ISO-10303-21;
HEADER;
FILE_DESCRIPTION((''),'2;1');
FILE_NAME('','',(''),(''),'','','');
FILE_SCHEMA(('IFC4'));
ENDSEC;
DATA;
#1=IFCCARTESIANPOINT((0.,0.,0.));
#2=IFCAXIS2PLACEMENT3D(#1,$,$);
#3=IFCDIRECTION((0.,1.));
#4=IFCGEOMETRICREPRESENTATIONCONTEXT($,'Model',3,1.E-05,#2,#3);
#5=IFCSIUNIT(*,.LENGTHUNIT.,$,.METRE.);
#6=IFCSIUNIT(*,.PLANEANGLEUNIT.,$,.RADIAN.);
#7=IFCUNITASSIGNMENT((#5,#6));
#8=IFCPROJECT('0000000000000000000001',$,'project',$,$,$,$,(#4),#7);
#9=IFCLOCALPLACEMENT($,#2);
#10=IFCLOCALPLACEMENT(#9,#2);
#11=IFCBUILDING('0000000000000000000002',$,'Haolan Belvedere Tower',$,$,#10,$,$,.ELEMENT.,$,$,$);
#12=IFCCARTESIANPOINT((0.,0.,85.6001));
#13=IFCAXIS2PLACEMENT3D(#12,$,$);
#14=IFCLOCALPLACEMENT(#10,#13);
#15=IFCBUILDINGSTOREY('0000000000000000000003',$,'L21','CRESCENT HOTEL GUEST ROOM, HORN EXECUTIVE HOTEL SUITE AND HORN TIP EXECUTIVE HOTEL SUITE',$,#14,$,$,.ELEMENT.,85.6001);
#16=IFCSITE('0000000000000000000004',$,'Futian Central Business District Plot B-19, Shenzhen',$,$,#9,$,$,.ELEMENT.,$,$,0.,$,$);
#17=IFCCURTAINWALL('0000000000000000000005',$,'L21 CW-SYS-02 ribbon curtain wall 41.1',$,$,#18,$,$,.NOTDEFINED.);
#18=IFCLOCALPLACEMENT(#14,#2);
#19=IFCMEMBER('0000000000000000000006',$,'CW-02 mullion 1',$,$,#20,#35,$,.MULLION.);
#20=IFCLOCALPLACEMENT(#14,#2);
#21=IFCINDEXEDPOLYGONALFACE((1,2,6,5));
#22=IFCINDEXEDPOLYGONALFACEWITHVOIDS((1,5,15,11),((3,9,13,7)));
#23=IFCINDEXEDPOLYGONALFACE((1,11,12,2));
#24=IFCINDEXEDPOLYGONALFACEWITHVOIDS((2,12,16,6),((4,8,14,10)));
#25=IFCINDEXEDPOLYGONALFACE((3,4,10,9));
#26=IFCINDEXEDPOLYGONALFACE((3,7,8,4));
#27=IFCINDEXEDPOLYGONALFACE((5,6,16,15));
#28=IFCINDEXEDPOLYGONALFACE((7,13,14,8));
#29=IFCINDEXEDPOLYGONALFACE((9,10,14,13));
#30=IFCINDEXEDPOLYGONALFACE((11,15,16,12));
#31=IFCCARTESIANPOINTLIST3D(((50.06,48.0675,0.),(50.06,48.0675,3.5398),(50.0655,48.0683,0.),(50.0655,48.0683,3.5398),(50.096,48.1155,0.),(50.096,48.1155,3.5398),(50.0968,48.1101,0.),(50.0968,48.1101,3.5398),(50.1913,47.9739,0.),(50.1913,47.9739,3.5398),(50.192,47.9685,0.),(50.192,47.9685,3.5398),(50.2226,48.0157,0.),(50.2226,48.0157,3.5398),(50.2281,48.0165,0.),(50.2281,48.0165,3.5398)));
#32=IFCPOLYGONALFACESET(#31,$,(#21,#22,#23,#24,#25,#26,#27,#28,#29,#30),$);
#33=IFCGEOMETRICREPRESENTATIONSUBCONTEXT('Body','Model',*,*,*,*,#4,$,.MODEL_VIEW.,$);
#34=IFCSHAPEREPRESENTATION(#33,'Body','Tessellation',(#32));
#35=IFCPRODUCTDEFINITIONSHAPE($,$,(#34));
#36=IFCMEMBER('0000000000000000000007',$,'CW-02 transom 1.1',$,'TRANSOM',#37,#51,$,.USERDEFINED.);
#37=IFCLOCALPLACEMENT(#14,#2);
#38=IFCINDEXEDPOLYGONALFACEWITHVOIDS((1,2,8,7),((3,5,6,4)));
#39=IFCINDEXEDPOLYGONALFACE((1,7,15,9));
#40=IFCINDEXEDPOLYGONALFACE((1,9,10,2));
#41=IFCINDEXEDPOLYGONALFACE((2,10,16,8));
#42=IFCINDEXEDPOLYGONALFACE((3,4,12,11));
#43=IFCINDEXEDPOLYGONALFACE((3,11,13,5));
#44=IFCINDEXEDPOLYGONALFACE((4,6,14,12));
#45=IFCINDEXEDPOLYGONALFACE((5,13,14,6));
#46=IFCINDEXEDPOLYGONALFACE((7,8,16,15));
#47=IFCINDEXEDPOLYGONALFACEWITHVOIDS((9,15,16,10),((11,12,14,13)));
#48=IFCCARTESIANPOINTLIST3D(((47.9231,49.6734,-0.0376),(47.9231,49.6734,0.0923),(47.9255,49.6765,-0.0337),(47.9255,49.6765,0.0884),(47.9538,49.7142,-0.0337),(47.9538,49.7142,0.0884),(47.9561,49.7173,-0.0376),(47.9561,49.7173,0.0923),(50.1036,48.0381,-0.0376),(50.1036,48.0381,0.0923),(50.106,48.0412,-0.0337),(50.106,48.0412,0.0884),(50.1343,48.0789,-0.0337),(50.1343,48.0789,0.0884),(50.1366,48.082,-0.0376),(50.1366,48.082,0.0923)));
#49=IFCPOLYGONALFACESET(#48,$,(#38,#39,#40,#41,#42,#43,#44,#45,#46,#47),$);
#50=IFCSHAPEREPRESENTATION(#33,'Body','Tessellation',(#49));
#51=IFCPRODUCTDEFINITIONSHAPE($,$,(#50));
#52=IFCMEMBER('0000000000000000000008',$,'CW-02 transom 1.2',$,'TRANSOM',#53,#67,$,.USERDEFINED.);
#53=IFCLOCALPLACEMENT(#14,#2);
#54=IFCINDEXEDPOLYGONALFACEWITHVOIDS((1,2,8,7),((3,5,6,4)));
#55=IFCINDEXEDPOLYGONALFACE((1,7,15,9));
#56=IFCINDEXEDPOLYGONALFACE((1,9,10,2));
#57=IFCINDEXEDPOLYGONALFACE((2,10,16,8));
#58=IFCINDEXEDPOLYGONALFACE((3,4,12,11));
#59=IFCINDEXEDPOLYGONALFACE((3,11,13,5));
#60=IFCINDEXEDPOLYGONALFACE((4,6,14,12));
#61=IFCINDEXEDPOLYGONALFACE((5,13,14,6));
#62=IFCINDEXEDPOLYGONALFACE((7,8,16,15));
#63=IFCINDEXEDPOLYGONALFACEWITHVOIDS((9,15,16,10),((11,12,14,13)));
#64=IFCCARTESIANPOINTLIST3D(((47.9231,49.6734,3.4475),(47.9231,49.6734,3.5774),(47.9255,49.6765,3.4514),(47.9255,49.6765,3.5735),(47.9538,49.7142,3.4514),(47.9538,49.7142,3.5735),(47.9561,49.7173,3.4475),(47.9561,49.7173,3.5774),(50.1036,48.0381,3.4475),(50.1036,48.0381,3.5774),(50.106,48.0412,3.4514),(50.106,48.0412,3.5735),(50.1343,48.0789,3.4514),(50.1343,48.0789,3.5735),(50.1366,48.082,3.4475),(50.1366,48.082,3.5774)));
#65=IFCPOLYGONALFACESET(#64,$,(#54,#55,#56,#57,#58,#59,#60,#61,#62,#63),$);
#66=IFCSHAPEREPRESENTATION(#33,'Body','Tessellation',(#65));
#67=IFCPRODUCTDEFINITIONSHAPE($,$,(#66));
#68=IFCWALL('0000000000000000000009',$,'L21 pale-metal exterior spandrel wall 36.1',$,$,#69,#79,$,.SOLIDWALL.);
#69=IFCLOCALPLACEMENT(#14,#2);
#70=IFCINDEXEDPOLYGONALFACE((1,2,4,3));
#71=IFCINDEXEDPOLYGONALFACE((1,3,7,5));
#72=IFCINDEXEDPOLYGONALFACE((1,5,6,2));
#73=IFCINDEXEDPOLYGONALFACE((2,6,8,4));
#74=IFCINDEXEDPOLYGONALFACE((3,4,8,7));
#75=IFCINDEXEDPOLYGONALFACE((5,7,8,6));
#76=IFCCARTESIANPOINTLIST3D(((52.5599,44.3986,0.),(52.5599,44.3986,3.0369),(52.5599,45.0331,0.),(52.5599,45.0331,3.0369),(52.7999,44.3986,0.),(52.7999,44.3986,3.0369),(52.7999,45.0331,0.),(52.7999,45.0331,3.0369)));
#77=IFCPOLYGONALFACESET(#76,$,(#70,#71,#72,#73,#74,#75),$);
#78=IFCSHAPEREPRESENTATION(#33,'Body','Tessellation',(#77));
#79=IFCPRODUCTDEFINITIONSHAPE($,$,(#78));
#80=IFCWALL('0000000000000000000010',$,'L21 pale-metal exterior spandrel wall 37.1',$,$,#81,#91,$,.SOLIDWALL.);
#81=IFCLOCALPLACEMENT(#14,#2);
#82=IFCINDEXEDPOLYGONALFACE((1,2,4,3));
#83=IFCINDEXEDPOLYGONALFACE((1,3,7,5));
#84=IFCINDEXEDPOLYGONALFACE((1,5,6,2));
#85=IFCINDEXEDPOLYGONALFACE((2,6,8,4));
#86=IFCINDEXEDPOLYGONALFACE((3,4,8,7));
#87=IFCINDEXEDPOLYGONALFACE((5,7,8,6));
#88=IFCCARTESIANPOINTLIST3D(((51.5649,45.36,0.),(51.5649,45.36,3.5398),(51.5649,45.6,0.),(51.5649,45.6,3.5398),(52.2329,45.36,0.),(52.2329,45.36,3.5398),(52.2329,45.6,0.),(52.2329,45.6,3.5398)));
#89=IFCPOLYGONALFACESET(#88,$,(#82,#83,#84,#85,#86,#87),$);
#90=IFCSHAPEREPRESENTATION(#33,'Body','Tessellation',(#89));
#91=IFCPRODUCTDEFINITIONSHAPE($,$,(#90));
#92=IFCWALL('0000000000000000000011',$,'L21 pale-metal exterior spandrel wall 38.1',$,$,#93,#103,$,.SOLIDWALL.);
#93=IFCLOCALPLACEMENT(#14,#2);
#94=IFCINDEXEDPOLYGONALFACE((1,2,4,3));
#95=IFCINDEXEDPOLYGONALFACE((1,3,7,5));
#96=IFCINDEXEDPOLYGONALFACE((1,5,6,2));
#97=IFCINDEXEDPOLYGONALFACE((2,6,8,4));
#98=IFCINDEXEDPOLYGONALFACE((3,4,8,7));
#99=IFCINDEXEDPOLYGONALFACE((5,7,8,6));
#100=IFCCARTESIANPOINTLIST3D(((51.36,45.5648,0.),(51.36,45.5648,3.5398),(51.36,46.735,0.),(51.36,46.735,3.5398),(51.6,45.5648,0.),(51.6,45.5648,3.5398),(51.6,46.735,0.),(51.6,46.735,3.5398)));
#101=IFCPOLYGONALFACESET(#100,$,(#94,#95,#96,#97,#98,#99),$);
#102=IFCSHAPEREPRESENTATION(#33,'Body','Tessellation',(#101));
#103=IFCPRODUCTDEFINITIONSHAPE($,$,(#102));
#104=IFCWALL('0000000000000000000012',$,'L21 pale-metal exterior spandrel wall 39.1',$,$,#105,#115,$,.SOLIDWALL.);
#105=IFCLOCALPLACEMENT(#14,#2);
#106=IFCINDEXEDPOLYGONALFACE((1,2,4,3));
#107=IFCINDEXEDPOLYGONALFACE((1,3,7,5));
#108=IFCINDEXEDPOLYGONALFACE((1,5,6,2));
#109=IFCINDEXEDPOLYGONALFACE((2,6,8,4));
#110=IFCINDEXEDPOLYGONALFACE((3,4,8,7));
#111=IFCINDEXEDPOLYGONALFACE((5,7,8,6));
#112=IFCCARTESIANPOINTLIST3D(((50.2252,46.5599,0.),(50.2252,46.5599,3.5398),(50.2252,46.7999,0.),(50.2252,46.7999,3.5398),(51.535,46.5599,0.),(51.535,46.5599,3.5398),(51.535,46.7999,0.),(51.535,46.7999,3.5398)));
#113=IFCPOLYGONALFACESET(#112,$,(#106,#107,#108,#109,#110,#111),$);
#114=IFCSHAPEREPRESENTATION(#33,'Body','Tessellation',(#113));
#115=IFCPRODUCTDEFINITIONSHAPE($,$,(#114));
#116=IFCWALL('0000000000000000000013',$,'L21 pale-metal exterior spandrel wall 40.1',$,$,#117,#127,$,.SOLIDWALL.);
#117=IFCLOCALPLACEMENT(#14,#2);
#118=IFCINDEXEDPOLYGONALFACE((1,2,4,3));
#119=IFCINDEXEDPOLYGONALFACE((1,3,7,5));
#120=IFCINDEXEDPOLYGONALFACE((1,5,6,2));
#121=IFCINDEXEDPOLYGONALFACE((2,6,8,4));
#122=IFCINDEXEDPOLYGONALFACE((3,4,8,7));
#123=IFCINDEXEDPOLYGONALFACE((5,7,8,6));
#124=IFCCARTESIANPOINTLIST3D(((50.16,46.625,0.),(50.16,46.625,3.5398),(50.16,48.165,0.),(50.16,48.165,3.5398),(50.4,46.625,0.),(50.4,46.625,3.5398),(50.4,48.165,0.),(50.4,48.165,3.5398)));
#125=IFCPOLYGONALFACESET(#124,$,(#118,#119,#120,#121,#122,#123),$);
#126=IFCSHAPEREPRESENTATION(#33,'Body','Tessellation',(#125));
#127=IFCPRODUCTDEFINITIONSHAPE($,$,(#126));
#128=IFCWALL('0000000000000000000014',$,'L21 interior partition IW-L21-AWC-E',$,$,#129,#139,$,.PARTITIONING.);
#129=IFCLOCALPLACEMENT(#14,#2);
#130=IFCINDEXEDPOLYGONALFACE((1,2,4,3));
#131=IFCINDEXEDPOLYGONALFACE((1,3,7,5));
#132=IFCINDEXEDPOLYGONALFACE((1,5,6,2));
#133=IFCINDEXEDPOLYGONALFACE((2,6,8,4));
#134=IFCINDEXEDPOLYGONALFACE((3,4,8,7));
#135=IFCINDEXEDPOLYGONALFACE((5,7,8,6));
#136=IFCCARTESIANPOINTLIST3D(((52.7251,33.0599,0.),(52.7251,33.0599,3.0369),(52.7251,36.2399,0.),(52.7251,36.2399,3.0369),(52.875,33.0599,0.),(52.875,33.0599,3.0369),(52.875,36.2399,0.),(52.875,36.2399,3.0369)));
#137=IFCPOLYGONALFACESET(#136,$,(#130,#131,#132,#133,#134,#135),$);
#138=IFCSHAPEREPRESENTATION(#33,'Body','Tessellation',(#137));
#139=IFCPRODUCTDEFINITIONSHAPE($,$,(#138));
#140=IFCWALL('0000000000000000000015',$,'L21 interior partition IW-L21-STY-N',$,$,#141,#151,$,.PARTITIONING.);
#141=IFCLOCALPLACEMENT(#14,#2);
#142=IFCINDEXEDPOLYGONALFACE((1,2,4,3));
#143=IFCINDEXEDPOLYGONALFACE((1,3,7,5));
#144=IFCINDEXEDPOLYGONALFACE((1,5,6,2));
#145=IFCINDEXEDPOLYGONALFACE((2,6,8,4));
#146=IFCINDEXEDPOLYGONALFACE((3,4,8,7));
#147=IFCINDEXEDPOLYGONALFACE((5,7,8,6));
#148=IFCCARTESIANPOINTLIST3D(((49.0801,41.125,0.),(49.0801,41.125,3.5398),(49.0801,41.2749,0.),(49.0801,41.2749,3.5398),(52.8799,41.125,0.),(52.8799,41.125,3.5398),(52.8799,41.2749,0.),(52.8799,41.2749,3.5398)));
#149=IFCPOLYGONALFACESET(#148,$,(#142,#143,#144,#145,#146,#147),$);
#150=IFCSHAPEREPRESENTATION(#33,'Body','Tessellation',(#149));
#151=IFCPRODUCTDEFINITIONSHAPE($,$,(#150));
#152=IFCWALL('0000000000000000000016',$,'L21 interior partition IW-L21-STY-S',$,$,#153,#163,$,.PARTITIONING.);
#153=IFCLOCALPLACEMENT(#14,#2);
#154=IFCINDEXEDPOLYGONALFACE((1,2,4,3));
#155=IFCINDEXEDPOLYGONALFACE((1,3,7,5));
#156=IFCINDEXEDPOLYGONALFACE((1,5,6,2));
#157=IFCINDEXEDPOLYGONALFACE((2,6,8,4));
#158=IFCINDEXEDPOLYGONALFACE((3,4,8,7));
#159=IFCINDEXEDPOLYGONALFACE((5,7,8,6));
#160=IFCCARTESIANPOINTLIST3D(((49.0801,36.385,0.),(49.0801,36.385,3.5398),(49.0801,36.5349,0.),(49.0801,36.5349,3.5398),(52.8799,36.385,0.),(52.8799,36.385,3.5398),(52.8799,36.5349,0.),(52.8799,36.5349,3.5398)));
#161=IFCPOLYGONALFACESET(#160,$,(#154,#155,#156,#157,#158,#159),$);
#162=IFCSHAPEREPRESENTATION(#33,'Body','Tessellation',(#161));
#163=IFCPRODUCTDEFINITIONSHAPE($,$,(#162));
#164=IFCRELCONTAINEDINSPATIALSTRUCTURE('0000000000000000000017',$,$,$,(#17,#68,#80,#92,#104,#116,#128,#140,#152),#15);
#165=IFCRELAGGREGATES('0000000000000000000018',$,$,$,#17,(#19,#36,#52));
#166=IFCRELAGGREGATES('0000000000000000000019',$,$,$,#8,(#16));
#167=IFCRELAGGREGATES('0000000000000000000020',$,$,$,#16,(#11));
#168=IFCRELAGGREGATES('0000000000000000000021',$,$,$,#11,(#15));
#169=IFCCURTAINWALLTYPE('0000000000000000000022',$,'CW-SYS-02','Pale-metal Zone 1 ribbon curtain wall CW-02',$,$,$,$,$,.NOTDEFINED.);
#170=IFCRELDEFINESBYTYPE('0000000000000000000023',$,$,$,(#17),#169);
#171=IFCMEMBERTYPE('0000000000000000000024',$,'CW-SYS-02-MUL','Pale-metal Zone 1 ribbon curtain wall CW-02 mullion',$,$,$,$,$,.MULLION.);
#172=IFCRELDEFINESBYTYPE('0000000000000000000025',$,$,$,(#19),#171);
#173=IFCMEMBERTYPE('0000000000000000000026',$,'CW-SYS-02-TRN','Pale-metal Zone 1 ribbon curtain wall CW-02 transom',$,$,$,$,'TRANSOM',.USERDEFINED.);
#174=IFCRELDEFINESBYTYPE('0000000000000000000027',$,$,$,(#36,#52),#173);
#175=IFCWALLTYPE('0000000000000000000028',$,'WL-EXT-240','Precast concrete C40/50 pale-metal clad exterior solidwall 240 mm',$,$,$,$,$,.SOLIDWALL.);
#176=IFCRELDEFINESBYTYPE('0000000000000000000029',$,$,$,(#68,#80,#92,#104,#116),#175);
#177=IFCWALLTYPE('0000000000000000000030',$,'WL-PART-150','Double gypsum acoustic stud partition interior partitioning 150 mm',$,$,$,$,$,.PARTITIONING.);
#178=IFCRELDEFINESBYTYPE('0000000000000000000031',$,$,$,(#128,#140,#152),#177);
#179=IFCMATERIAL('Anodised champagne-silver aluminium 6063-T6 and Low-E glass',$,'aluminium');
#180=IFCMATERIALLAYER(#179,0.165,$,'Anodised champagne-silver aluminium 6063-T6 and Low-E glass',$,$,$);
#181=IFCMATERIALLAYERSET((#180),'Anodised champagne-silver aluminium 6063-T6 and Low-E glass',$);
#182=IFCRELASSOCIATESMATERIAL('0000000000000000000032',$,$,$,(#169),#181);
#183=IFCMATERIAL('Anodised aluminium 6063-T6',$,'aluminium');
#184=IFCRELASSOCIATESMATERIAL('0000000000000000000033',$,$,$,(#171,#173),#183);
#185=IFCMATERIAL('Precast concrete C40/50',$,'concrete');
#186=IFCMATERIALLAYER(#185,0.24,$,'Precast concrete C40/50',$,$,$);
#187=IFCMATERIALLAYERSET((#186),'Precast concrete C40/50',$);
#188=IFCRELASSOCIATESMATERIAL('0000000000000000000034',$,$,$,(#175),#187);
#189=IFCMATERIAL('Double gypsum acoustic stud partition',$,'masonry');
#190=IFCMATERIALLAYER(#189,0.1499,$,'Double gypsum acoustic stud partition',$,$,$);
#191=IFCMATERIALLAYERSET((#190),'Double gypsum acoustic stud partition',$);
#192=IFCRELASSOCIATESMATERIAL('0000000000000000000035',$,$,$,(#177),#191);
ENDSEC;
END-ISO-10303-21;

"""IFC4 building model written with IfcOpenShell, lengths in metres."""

from ifc_helpers import new_model, si_unit, direction, frame, frame_2d, origin, origin_2d, place, context, subcontext, project, spatial, rectangle, hollow_rectangle, extrude, material, layer, layer_set, material_profile, profile_set, type_object, element, aggregate, save


model = new_model("IFC4")

# Units and contexts
model_context = context("Model", 3, precision=1e-05, world=origin(), true_north=direction((0.0, 1.0)))
body_context = subcontext(model_context, "Body", "Model", "MODEL_VIEW")
ifc_project = project(units=[si_unit("LENGTHUNIT", "METRE"), si_unit("PLANEANGLEUNIT", "RADIAN")], contexts=[model_context])

# Site, building, storey
site_placement = place(None, origin())
site = spatial("IfcSite", under=ifc_project, at=site_placement, Name="Futian Central Business District Plot B-19, Shenzhen", CompositionType="ELEMENT", RefElevation=0.0)
building_placement = place(site_placement, origin())
building = spatial("IfcBuilding", under=site, at=building_placement, Name="Haolan Belvedere Tower", CompositionType="ELEMENT")
storey_placement = place(building_placement, frame((0.0, 0.0, 85.6001)))
storey = spatial("IfcBuildingStorey", under=building, at=storey_placement, Name="L21", Description="CRESCENT HOTEL GUEST ROOM, HORN EXECUTIVE HOTEL SUITE AND HORN TIP EXECUTIVE HOTEL SUITE", CompositionType="ELEMENT", Elevation=85.6001)

# Curtain wall, members
ifc_material_1 = material(Name="Anodised champagne-silver aluminium 6063-T6 and Low-E glass", Category="aluminium")
ifc_layer_1 = layer(ifc_material_1, 0.165, Name="Anodised champagne-silver aluminium 6063-T6 and Low-E glass")
ifc_layer_set_1 = layer_set([ifc_layer_1], Name="Anodised champagne-silver aluminium 6063-T6 and Low-E glass")
curtain_wall_type = type_object("IfcCurtainWallType", Name="CW-SYS-02", Description="Pale-metal Zone 1 ribbon curtain wall CW-02", PredefinedType="NOTDEFINED", material=ifc_layer_set_1)
curtain_wall_placement = place(storey_placement, origin())
curtain_wall = element("IfcCurtainWall", 1, at=curtain_wall_placement, inside=storey, type_object=curtain_wall_type, Name="L21 CW-SYS-02 ribbon curtain wall 41.1", PredefinedType="NOTDEFINED")
ifc_material_2 = material(Name="Anodised aluminium 6063-T6", Category="aluminium")
ifc_material_profile_1 = material_profile(ifc_material_2, hollow_rectangle(XDim=0.0601, YDim=0.165, WallThickness=0.0039, at=origin_2d()), Name="Anodised aluminium 6063-T6")
ifc_profile_set_1 = profile_set([ifc_material_profile_1], Name="Anodised aluminium 6063-T6")
member_type_1 = type_object("IfcMemberType", Name="CW-SYS-02-MUL", Description="Pale-metal Zone 1 ribbon curtain wall CW-02 mullion", PredefinedType="MULLION", material=ifc_profile_set_1)
member_1_placement = place(storey_placement, frame((50.144, 48.042, 0.0), z_axis=(0.0, 0.0, 1.0), x_axis=(-0.599994, -0.800004, 0.0)))
member_1 = element("IfcMember", 2, at=member_1_placement, type_object=member_type_1, Name="CW-02 mullion 1", PredefinedType="MULLION", context=body_context, shape_type="SweptSolid", body=[
    extrude(hollow_rectangle(XDim=0.0601, YDim=0.165, WallThickness=0.0039, at=origin_2d()), origin(), (0.0, 0.0, 1.0), 3.5398),
])
ifc_material_profile_2 = material_profile(ifc_material_2, hollow_rectangle(XDim=0.0549, YDim=0.1299, WallThickness=0.0039, at=origin_2d()), Name="Anodised aluminium 6063-T6")
ifc_profile_set_2 = profile_set([ifc_material_profile_2], Name="Anodised aluminium 6063-T6")
member_type_2 = type_object("IfcMemberType", Name="CW-SYS-02-TRN", Description="Pale-metal Zone 1 ribbon curtain wall CW-02 transom", ElementType="TRANSOM", PredefinedType="USERDEFINED", material=ifc_profile_set_2)
member_2_placement = place(storey_placement, frame((50.1201, 48.0601, 0.0273), z_axis=(-0.800011, 0.599986, 0.0), x_axis=(-0.599986, -0.800011, 0.0)))
member_2 = element("IfcMember", 3, at=member_2_placement, type_object=member_type_2, Name="CW-02 transom 1.1", ObjectType="TRANSOM", PredefinedType="USERDEFINED", context=body_context, shape_type="SweptSolid", body=[
    extrude(hollow_rectangle(XDim=0.0549, YDim=0.1299, WallThickness=0.0039, at=origin_2d()), origin(), (0.0, 0.0, 1.0), 2.7256),
])
member_3_placement = place(storey_placement, frame((50.1201, 48.0601, 3.5125), z_axis=(-0.800011, 0.599986, 0.0), x_axis=(-0.599986, -0.800011, 0.0)))
member_3 = element("IfcMember", 4, at=member_3_placement, type_object=member_type_2, Name="CW-02 transom 1.2", ObjectType="TRANSOM", PredefinedType="USERDEFINED", context=body_context, shape_type="SweptSolid", body=[
    extrude(hollow_rectangle(XDim=0.0549, YDim=0.1299, WallThickness=0.0039, at=origin_2d()), origin(), (0.0, 0.0, 1.0), 2.7256),
])
aggregate(curtain_wall, [member_1, member_2, member_3])

# Walls
ifc_material_3 = material(Name="Precast concrete C40/50", Category="concrete")
ifc_layer_2 = layer(ifc_material_3, 0.24, Name="Precast concrete C40/50")
ifc_layer_set_2 = layer_set([ifc_layer_2], Name="Precast concrete C40/50")
wall_type_1 = type_object("IfcWallType", Name="WL-EXT-240", Description="Precast concrete C40/50 pale-metal clad exterior solidwall 240 mm", PredefinedType="SOLIDWALL", material=ifc_layer_set_2)
wall_1_placement = place(storey_placement, frame((52.6799, 44.3984, 0.0), z_axis=(0.0, 0.0, 1.0), x_axis=(0.0, 1.0, 0.0)))
element("IfcWall", 5, at=wall_1_placement, inside=storey, type_object=wall_type_1, Name="L21 pale-metal exterior spandrel wall 36.1", PredefinedType="SOLIDWALL", context=body_context, shape_type="SweptSolid", body=[
    extrude(rectangle(XDim=0.6345, YDim=0.24, at=frame_2d((0.3174, 0.0))), origin(), (0.0, 0.0, 1.0), 3.0369),
])
wall_2_placement = place(storey_placement, frame((52.2329, 45.48, 0.0), z_axis=(0.0, 0.0, 1.0), x_axis=(-1.0, 0.0, 0.0)))
element("IfcWall", 6, at=wall_2_placement, inside=storey, type_object=wall_type_1, Name="L21 pale-metal exterior spandrel wall 37.1", PredefinedType="SOLIDWALL", context=body_context, shape_type="SweptSolid", body=[
    extrude(rectangle(XDim=0.668, YDim=0.24, at=frame_2d((0.334, 0.0))), origin(), (0.0, 0.0, 1.0), 3.5398),
])
wall_3_placement = place(storey_placement, frame((51.48, 45.5649, 0.0), z_axis=(0.0, 0.0, 1.0), x_axis=(0.0, 1.0, 0.0)))
element("IfcWall", 7, at=wall_3_placement, inside=storey, type_object=wall_type_1, Name="L21 pale-metal exterior spandrel wall 38.1", PredefinedType="SOLIDWALL", context=body_context, shape_type="SweptSolid", body=[
    extrude(rectangle(XDim=1.1702, YDim=0.24, at=frame_2d((0.585, 0.0))), origin(), (0.0, 0.0, 1.0), 3.5398),
])
wall_4_placement = place(storey_placement, frame((51.5349, 46.6799, 0.0), z_axis=(0.0, 0.0, 1.0), x_axis=(-1.0, 0.0, 0.0)))
element("IfcWall", 8, at=wall_4_placement, inside=storey, type_object=wall_type_1, Name="L21 pale-metal exterior spandrel wall 39.1", PredefinedType="SOLIDWALL", context=body_context, shape_type="SweptSolid", body=[
    extrude(rectangle(XDim=1.3098, YDim=0.24, at=frame_2d((0.6548, 0.0))), origin(), (0.0, 0.0, 1.0), 3.5398),
])
wall_5_placement = place(storey_placement, frame((50.28, 46.625, 0.0), z_axis=(0.0, 0.0, 1.0), x_axis=(0.0, 1.0, 0.0)))
element("IfcWall", 9, at=wall_5_placement, inside=storey, type_object=wall_type_1, Name="L21 pale-metal exterior spandrel wall 40.1", PredefinedType="SOLIDWALL", context=body_context, shape_type="SweptSolid", body=[
    extrude(rectangle(XDim=1.54, YDim=0.24, at=frame_2d((0.77, 0.0))), origin(), (0.0, 0.0, 1.0), 3.5398),
])

# Shared definitions
ifc_material_4 = material(Name="Double gypsum acoustic stud partition", Category="masonry")
ifc_layer_3 = layer(ifc_material_4, 0.1499, Name="Double gypsum acoustic stud partition")
ifc_layer_set_3 = layer_set([ifc_layer_3], Name="Double gypsum acoustic stud partition")
wall_type_2 = type_object("IfcWallType", Name="WL-PART-150", Description="Double gypsum acoustic stud partition interior partitioning 150 mm", PredefinedType="PARTITIONING", material=ifc_layer_set_3)

# Walls
wall_6_placement = place(storey_placement, frame((52.8, 33.0601, 0.0), z_axis=(0.0, 0.0, 1.0), x_axis=(0.0, 1.0, 0.0)))
element("IfcWall", 10, at=wall_6_placement, inside=storey, type_object=wall_type_2, Name="L21 interior partition IW-L21-AWC-E", PredefinedType="PARTITIONING", context=body_context, shape_type="SweptSolid", body=[
    extrude(rectangle(XDim=3.1799, YDim=0.1499, at=frame_2d((1.5898, 0.0))), origin(), (0.0, 0.0, 1.0), 3.0369),
])
for number, where, z_axis, x_axis, name in (
    (11, (49.0801, 41.2, 0.0), (0.0, 0.0, 1.0), (1.0, 0.0, 0.0), "L21 interior partition IW-L21-STY-N"),
    (12, (49.0801, 36.46, 0.0), (0.0, 0.0, 1.0), (1.0, 0.0, 0.0), "L21 interior partition IW-L21-STY-S"),
):
    element("IfcWall", number, at=place(storey_placement, frame(where, z_axis=z_axis, x_axis=x_axis)), inside=storey, type_object=wall_type_2, Name=name, PredefinedType="PARTITIONING", context=body_context, shape_type="SweptSolid", body=[
        extrude(rectangle(XDim=3.7998, YDim=0.1499, at=frame_2d((1.8999, 0.0))), origin(), (0.0, 0.0, 1.0), 3.5398),
    ])

save(model, "model.ifc")
